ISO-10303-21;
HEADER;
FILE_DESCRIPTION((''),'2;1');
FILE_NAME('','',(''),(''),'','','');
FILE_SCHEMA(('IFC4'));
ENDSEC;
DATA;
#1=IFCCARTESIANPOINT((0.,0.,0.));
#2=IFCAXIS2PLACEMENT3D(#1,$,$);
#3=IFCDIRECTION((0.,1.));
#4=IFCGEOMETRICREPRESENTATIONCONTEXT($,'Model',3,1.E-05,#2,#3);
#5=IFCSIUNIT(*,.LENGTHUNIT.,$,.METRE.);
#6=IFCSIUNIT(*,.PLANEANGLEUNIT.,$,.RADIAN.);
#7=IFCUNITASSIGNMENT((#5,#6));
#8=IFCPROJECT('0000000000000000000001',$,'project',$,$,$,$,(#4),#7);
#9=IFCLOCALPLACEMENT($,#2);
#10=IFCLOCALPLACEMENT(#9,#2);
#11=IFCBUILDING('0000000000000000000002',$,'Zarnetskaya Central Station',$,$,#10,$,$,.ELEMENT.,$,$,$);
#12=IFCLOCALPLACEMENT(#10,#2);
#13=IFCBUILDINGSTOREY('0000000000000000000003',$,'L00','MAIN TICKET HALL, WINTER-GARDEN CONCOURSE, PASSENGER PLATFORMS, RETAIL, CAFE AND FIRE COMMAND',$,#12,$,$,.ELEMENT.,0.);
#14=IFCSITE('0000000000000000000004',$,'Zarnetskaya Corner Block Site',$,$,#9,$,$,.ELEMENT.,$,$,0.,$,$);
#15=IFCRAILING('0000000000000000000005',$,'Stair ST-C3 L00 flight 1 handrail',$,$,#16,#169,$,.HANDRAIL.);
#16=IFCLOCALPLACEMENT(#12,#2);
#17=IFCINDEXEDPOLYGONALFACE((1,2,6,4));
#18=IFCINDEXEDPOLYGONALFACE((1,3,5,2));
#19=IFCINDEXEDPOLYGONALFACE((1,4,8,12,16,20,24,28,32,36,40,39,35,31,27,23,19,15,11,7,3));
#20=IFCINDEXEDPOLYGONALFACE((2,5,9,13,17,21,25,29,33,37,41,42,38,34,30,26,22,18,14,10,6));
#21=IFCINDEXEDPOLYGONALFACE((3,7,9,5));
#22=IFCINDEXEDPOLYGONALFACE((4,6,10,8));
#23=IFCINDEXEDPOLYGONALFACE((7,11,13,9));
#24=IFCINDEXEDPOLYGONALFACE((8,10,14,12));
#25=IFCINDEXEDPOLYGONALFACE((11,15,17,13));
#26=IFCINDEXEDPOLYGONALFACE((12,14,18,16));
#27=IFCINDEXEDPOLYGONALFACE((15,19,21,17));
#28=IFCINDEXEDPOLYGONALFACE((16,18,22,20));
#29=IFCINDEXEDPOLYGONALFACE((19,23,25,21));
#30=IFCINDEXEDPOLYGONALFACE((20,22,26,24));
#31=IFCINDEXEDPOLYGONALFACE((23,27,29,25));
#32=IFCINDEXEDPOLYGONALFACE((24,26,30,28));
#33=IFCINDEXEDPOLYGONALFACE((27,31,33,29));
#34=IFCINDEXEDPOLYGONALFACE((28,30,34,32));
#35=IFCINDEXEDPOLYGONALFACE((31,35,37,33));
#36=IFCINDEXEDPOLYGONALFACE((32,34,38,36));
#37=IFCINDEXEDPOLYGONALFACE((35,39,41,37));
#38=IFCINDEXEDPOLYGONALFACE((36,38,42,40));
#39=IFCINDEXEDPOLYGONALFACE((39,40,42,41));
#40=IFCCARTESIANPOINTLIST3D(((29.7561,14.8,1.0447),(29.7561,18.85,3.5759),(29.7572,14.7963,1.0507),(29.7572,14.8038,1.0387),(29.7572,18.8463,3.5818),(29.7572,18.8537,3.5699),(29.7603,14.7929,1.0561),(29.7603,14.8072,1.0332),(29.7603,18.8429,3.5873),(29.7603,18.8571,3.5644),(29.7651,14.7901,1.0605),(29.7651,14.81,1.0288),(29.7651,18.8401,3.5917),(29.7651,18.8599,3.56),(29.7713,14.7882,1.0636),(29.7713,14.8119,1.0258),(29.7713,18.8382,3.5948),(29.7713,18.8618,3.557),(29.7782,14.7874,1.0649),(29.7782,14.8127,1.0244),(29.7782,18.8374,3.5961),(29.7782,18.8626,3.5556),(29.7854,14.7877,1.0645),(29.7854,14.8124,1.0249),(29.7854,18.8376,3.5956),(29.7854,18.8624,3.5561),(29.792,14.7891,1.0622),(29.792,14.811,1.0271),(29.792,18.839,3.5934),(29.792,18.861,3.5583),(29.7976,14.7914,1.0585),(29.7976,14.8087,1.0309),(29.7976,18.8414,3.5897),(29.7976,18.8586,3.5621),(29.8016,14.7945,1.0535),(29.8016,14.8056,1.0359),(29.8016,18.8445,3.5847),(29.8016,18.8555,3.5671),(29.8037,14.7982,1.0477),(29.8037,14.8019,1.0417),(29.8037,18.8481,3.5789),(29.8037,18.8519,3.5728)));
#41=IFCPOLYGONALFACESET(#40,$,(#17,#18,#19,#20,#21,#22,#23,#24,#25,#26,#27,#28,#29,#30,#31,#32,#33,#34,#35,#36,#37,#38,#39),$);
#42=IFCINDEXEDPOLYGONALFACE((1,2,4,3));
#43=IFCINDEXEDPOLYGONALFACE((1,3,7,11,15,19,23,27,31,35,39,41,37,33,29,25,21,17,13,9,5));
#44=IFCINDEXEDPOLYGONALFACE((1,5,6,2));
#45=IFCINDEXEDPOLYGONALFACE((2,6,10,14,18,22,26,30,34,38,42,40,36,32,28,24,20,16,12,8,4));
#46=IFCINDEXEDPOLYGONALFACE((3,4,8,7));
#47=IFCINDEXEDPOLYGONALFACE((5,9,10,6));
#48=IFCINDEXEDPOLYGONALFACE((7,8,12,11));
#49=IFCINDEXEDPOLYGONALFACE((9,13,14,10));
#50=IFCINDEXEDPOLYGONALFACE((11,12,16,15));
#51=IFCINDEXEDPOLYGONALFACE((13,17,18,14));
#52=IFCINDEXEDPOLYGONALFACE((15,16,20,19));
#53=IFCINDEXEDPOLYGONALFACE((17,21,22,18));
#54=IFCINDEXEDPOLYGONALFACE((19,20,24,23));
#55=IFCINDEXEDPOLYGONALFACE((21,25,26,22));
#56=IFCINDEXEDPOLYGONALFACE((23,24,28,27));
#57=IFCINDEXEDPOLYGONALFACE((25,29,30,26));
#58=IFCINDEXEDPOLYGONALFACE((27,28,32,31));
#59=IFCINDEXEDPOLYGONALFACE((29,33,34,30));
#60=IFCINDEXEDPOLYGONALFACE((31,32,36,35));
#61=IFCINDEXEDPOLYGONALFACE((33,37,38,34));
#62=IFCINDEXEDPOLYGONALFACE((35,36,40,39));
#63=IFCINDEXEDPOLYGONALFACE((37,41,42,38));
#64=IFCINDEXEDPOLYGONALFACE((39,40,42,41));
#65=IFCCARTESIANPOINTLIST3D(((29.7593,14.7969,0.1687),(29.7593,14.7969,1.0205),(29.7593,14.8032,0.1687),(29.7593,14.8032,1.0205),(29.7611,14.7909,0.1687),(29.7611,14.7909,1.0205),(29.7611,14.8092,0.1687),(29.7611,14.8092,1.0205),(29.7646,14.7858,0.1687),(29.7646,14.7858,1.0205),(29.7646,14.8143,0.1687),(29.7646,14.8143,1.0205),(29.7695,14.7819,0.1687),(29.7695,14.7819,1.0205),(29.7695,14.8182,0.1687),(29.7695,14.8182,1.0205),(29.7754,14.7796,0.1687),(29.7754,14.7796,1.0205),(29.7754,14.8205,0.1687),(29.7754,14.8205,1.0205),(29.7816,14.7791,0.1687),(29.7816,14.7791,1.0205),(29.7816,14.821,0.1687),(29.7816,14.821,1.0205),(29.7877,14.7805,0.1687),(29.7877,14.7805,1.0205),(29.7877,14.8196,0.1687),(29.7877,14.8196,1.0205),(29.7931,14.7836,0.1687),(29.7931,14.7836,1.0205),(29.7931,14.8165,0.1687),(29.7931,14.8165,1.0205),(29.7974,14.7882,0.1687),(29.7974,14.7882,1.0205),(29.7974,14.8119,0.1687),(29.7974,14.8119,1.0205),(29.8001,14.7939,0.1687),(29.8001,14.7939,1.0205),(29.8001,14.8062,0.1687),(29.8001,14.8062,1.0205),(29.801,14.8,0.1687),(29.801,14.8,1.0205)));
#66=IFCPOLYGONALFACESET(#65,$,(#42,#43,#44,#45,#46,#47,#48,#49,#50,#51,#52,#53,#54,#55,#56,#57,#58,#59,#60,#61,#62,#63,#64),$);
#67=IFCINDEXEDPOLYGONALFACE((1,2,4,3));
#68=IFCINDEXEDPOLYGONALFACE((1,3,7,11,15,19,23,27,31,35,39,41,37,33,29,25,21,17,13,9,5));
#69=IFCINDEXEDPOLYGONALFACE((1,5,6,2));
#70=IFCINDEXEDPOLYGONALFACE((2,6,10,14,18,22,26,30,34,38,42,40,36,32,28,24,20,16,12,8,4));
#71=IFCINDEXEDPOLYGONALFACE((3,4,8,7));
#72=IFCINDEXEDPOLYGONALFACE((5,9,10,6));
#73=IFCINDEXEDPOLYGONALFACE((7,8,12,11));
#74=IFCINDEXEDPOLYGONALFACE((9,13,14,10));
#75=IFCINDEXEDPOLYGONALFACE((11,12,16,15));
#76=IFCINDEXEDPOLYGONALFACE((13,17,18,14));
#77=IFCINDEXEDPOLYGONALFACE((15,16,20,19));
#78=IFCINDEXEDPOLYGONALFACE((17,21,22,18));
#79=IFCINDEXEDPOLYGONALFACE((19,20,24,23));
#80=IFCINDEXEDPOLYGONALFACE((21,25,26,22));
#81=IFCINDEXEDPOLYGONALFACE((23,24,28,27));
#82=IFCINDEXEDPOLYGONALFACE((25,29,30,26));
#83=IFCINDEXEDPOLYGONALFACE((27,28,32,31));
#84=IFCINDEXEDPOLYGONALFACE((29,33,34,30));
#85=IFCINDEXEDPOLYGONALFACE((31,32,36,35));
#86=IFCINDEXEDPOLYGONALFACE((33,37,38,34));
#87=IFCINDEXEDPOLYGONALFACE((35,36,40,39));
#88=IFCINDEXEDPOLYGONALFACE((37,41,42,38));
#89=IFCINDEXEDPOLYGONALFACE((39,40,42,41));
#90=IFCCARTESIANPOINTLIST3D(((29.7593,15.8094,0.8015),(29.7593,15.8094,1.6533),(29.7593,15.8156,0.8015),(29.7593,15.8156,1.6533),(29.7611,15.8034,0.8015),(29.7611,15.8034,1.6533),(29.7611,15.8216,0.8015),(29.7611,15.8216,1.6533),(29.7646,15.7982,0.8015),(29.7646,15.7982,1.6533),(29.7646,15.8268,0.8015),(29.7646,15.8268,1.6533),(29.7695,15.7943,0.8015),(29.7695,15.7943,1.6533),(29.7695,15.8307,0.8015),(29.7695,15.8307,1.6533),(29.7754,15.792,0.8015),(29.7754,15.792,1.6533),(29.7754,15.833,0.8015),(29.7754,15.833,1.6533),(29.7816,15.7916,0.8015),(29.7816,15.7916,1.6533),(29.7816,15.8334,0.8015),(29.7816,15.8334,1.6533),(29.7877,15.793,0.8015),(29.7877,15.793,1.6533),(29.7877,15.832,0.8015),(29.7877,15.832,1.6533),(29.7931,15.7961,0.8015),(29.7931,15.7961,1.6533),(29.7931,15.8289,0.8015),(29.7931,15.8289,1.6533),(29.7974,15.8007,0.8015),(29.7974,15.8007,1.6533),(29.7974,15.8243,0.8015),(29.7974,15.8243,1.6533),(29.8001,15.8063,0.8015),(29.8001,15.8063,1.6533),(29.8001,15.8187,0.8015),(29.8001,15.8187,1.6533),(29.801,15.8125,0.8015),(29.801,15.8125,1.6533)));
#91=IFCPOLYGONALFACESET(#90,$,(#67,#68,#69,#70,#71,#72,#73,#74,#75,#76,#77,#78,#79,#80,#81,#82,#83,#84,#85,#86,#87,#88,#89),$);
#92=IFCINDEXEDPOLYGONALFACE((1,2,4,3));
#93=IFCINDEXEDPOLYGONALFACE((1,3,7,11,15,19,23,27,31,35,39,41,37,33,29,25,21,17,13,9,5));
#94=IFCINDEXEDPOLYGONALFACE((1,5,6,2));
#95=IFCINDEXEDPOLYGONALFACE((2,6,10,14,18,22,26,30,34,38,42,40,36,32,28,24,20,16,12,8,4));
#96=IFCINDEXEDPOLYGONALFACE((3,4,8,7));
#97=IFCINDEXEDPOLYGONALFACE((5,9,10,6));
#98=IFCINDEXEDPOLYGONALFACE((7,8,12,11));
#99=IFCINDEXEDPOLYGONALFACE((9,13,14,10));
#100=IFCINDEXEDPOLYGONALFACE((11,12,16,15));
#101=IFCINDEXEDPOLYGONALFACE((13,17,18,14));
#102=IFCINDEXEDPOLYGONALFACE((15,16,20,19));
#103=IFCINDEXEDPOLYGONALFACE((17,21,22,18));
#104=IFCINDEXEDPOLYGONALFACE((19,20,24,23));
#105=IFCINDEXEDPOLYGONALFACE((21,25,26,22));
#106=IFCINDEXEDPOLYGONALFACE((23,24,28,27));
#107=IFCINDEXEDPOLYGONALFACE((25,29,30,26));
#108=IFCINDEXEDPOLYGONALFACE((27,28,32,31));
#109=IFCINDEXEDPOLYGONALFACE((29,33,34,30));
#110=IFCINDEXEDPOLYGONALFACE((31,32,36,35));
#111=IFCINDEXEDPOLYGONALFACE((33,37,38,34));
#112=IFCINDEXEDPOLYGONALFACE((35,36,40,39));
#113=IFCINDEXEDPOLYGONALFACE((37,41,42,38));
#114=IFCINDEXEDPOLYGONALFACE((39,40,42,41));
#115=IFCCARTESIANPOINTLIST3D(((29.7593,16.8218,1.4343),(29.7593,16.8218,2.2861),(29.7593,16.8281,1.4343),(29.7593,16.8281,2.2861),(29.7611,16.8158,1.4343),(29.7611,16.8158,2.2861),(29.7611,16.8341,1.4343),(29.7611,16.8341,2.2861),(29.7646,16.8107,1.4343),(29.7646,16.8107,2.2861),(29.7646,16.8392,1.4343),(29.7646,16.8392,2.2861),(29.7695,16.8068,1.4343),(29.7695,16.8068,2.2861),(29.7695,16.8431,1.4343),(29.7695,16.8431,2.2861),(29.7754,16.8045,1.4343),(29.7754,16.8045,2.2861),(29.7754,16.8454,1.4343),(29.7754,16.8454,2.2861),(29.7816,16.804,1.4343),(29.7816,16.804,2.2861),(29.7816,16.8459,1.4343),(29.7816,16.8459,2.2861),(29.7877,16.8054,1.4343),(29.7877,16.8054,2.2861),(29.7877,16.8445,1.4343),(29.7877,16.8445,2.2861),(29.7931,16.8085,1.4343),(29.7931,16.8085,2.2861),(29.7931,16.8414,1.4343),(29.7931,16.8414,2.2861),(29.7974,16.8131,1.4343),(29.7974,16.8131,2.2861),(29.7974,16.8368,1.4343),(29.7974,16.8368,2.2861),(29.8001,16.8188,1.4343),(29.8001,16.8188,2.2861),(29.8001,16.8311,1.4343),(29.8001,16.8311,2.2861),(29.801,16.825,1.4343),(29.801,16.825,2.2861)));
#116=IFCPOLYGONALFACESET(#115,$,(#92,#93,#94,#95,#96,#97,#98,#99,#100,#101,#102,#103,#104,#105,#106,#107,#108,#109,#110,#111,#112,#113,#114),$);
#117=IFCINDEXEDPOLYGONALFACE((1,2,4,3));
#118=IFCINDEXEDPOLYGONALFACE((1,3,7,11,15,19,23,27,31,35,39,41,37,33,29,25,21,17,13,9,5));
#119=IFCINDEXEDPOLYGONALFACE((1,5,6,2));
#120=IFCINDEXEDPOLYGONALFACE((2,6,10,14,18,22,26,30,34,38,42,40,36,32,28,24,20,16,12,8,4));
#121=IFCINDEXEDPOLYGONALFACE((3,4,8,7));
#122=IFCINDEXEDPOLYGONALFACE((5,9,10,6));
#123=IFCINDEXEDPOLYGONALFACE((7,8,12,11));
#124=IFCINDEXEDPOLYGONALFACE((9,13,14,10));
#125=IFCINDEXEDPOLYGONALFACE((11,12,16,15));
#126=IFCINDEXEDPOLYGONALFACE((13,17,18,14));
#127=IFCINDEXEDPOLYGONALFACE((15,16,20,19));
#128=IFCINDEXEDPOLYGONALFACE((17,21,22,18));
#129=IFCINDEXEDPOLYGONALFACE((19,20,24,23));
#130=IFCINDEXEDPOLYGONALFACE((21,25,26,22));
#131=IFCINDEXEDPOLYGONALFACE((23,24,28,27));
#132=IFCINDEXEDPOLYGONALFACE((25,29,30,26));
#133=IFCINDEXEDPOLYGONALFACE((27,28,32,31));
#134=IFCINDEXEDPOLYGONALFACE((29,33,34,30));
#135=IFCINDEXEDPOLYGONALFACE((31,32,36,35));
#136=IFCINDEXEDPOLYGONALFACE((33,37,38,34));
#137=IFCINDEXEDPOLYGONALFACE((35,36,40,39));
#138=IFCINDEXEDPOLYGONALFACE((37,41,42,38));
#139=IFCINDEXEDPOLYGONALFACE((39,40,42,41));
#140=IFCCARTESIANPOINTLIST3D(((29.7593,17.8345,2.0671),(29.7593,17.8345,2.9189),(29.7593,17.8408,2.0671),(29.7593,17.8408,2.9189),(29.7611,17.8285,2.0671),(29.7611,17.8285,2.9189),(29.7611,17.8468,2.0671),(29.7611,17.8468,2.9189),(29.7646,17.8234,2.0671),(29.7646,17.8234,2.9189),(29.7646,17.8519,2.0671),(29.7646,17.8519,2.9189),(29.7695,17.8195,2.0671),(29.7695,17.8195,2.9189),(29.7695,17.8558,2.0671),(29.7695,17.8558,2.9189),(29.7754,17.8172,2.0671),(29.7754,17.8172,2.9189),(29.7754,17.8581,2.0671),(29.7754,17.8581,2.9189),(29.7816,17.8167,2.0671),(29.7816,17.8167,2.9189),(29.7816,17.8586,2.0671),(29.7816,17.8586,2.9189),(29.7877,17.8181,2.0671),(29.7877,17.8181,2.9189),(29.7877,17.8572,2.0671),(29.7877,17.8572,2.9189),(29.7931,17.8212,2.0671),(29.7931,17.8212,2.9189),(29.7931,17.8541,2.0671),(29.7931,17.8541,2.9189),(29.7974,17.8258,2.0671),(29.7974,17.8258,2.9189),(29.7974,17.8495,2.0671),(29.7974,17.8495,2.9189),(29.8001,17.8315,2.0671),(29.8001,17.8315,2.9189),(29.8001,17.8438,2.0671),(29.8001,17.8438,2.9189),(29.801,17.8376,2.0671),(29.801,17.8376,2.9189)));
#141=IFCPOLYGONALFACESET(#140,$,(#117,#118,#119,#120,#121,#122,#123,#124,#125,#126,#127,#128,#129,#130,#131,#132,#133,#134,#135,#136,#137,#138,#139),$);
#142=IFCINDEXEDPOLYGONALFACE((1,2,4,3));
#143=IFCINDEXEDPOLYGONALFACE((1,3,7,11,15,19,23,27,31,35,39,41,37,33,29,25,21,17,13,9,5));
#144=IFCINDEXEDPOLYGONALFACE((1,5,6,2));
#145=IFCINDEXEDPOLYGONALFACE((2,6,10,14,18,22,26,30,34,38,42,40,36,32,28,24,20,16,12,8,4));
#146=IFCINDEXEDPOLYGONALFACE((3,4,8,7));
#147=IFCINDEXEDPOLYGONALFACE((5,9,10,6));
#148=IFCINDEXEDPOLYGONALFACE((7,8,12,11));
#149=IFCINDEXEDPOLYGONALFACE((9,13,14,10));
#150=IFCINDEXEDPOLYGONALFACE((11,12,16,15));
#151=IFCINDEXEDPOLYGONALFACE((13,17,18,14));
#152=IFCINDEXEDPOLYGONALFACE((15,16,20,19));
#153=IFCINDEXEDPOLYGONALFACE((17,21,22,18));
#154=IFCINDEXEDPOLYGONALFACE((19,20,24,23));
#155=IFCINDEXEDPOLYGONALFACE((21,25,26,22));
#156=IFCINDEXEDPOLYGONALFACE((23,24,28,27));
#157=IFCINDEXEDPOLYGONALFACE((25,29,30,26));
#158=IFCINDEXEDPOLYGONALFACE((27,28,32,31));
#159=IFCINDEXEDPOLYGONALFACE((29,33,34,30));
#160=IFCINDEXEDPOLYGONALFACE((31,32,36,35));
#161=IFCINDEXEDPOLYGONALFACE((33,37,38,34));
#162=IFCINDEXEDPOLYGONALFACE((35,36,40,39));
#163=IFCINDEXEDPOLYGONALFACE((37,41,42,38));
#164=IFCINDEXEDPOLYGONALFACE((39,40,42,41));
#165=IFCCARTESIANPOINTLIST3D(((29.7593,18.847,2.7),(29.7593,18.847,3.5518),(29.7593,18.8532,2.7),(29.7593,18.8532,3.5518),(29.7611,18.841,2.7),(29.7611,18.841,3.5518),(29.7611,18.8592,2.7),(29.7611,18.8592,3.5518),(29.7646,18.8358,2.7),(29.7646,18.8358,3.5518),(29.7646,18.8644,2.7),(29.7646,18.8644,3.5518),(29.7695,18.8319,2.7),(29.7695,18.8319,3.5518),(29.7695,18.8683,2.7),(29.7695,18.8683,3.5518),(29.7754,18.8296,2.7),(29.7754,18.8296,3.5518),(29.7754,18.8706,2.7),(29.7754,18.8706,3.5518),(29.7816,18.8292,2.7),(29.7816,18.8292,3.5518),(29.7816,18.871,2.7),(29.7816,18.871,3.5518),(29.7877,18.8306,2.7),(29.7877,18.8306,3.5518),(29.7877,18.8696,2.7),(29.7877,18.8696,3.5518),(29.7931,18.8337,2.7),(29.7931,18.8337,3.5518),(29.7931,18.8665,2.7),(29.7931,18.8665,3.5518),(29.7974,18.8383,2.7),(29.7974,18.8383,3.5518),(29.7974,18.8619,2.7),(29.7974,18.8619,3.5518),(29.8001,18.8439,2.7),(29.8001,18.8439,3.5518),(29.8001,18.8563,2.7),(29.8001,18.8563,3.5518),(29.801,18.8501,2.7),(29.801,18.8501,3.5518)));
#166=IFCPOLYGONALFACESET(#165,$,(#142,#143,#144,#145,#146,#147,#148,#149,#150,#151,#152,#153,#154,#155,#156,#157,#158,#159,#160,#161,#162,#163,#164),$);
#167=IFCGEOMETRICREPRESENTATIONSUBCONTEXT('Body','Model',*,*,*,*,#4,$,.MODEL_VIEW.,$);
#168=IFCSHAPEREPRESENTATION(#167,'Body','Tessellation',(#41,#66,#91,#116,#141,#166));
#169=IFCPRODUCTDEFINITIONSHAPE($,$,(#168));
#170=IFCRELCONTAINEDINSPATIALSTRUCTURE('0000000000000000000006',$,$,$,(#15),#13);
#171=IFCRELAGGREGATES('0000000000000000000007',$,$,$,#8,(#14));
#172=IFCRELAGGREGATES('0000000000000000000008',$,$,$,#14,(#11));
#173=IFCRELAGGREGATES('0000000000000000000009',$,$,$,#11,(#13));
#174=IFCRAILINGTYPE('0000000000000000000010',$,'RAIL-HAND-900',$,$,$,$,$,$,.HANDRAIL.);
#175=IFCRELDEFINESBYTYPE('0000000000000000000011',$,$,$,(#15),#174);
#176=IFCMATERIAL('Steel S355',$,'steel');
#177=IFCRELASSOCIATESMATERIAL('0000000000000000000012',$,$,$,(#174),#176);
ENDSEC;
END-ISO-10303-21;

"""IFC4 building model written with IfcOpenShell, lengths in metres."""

from ifc_helpers import new_model, si_unit, direction, frame, origin, origin_2d, place, context, subcontext, project, spatial, circle, extrude, material, type_object, element, save


model = new_model("IFC4")

# Units and contexts
model_context = context("Model", 3, precision=1e-05, world=origin(), true_north=direction((0.0, 1.0)))
body_context = subcontext(model_context, "Body", "Model", "MODEL_VIEW")
ifc_project = project(units=[si_unit("LENGTHUNIT", "METRE"), si_unit("PLANEANGLEUNIT", "RADIAN")], contexts=[model_context])

# Site, building, storey
site_placement = place(None, origin())
site = spatial("IfcSite", under=ifc_project, at=site_placement, Name="Zarnetskaya Corner Block Site", CompositionType="ELEMENT", RefElevation=0.0)
building_placement = place(site_placement, origin())
building = spatial("IfcBuilding", under=site, at=building_placement, Name="Zarnetskaya Central Station", CompositionType="ELEMENT")
storey_placement = place(building_placement, origin())
storey = spatial("IfcBuildingStorey", under=building, at=storey_placement, Name="L00", Description="MAIN TICKET HALL, WINTER-GARDEN CONCOURSE, PASSENGER PLATFORMS, RETAIL, CAFE AND FIRE COMMAND", CompositionType="ELEMENT", Elevation=0.0)

# Shared definitions
ifc_material_1 = material(Name="Steel S355", Category="steel")

# Railing
railing_type_1 = type_object("IfcRailingType", Name="RAIL-HAND-900", PredefinedType="HANDRAIL", material=ifc_material_1)
railing_1_placement = place(storey_placement, frame((29.78, 14.8, 0.1687)))
element("IfcRailing", 1, at=railing_1_placement, inside=storey, type_object=railing_type_1, Name="Stair ST-C3 L00 flight 1 handrail", PredefinedType="HANDRAIL", context=body_context, shape_type="SweptSolid", body=[
    extrude(circle(Radius=0.0239, at=origin_2d()), frame((0.0, 0.0, 0.876), z_axis=(0.0, 0.848001, 0.529994), x_axis=(-1.0, 0.0, 0.0)), (0.0, 0.0, 1.0), 4.7759),
    extrude(circle(Radius=0.021, at=origin_2d()), origin(), (0.0, 0.0, 1.0), 0.8518),
    extrude(circle(Radius=0.021, at=origin_2d()), frame((0.0, 1.0125, 0.6328)), (0.0, 0.0, 1.0), 0.8518),
    extrude(circle(Radius=0.021, at=origin_2d()), frame((0.0, 2.0249, 1.2656)), (0.0, 0.0, 1.0), 0.8518),
    extrude(circle(Radius=0.021, at=origin_2d()), frame((0.0, 3.0376, 1.8984)), (0.0, 0.0, 1.0), 0.8518),
    extrude(circle(Radius=0.021, at=origin_2d()), frame((0.0, 4.05, 2.5312)), (0.0, 0.0, 1.0), 0.8518),
])

save(model, "model.ifc")
